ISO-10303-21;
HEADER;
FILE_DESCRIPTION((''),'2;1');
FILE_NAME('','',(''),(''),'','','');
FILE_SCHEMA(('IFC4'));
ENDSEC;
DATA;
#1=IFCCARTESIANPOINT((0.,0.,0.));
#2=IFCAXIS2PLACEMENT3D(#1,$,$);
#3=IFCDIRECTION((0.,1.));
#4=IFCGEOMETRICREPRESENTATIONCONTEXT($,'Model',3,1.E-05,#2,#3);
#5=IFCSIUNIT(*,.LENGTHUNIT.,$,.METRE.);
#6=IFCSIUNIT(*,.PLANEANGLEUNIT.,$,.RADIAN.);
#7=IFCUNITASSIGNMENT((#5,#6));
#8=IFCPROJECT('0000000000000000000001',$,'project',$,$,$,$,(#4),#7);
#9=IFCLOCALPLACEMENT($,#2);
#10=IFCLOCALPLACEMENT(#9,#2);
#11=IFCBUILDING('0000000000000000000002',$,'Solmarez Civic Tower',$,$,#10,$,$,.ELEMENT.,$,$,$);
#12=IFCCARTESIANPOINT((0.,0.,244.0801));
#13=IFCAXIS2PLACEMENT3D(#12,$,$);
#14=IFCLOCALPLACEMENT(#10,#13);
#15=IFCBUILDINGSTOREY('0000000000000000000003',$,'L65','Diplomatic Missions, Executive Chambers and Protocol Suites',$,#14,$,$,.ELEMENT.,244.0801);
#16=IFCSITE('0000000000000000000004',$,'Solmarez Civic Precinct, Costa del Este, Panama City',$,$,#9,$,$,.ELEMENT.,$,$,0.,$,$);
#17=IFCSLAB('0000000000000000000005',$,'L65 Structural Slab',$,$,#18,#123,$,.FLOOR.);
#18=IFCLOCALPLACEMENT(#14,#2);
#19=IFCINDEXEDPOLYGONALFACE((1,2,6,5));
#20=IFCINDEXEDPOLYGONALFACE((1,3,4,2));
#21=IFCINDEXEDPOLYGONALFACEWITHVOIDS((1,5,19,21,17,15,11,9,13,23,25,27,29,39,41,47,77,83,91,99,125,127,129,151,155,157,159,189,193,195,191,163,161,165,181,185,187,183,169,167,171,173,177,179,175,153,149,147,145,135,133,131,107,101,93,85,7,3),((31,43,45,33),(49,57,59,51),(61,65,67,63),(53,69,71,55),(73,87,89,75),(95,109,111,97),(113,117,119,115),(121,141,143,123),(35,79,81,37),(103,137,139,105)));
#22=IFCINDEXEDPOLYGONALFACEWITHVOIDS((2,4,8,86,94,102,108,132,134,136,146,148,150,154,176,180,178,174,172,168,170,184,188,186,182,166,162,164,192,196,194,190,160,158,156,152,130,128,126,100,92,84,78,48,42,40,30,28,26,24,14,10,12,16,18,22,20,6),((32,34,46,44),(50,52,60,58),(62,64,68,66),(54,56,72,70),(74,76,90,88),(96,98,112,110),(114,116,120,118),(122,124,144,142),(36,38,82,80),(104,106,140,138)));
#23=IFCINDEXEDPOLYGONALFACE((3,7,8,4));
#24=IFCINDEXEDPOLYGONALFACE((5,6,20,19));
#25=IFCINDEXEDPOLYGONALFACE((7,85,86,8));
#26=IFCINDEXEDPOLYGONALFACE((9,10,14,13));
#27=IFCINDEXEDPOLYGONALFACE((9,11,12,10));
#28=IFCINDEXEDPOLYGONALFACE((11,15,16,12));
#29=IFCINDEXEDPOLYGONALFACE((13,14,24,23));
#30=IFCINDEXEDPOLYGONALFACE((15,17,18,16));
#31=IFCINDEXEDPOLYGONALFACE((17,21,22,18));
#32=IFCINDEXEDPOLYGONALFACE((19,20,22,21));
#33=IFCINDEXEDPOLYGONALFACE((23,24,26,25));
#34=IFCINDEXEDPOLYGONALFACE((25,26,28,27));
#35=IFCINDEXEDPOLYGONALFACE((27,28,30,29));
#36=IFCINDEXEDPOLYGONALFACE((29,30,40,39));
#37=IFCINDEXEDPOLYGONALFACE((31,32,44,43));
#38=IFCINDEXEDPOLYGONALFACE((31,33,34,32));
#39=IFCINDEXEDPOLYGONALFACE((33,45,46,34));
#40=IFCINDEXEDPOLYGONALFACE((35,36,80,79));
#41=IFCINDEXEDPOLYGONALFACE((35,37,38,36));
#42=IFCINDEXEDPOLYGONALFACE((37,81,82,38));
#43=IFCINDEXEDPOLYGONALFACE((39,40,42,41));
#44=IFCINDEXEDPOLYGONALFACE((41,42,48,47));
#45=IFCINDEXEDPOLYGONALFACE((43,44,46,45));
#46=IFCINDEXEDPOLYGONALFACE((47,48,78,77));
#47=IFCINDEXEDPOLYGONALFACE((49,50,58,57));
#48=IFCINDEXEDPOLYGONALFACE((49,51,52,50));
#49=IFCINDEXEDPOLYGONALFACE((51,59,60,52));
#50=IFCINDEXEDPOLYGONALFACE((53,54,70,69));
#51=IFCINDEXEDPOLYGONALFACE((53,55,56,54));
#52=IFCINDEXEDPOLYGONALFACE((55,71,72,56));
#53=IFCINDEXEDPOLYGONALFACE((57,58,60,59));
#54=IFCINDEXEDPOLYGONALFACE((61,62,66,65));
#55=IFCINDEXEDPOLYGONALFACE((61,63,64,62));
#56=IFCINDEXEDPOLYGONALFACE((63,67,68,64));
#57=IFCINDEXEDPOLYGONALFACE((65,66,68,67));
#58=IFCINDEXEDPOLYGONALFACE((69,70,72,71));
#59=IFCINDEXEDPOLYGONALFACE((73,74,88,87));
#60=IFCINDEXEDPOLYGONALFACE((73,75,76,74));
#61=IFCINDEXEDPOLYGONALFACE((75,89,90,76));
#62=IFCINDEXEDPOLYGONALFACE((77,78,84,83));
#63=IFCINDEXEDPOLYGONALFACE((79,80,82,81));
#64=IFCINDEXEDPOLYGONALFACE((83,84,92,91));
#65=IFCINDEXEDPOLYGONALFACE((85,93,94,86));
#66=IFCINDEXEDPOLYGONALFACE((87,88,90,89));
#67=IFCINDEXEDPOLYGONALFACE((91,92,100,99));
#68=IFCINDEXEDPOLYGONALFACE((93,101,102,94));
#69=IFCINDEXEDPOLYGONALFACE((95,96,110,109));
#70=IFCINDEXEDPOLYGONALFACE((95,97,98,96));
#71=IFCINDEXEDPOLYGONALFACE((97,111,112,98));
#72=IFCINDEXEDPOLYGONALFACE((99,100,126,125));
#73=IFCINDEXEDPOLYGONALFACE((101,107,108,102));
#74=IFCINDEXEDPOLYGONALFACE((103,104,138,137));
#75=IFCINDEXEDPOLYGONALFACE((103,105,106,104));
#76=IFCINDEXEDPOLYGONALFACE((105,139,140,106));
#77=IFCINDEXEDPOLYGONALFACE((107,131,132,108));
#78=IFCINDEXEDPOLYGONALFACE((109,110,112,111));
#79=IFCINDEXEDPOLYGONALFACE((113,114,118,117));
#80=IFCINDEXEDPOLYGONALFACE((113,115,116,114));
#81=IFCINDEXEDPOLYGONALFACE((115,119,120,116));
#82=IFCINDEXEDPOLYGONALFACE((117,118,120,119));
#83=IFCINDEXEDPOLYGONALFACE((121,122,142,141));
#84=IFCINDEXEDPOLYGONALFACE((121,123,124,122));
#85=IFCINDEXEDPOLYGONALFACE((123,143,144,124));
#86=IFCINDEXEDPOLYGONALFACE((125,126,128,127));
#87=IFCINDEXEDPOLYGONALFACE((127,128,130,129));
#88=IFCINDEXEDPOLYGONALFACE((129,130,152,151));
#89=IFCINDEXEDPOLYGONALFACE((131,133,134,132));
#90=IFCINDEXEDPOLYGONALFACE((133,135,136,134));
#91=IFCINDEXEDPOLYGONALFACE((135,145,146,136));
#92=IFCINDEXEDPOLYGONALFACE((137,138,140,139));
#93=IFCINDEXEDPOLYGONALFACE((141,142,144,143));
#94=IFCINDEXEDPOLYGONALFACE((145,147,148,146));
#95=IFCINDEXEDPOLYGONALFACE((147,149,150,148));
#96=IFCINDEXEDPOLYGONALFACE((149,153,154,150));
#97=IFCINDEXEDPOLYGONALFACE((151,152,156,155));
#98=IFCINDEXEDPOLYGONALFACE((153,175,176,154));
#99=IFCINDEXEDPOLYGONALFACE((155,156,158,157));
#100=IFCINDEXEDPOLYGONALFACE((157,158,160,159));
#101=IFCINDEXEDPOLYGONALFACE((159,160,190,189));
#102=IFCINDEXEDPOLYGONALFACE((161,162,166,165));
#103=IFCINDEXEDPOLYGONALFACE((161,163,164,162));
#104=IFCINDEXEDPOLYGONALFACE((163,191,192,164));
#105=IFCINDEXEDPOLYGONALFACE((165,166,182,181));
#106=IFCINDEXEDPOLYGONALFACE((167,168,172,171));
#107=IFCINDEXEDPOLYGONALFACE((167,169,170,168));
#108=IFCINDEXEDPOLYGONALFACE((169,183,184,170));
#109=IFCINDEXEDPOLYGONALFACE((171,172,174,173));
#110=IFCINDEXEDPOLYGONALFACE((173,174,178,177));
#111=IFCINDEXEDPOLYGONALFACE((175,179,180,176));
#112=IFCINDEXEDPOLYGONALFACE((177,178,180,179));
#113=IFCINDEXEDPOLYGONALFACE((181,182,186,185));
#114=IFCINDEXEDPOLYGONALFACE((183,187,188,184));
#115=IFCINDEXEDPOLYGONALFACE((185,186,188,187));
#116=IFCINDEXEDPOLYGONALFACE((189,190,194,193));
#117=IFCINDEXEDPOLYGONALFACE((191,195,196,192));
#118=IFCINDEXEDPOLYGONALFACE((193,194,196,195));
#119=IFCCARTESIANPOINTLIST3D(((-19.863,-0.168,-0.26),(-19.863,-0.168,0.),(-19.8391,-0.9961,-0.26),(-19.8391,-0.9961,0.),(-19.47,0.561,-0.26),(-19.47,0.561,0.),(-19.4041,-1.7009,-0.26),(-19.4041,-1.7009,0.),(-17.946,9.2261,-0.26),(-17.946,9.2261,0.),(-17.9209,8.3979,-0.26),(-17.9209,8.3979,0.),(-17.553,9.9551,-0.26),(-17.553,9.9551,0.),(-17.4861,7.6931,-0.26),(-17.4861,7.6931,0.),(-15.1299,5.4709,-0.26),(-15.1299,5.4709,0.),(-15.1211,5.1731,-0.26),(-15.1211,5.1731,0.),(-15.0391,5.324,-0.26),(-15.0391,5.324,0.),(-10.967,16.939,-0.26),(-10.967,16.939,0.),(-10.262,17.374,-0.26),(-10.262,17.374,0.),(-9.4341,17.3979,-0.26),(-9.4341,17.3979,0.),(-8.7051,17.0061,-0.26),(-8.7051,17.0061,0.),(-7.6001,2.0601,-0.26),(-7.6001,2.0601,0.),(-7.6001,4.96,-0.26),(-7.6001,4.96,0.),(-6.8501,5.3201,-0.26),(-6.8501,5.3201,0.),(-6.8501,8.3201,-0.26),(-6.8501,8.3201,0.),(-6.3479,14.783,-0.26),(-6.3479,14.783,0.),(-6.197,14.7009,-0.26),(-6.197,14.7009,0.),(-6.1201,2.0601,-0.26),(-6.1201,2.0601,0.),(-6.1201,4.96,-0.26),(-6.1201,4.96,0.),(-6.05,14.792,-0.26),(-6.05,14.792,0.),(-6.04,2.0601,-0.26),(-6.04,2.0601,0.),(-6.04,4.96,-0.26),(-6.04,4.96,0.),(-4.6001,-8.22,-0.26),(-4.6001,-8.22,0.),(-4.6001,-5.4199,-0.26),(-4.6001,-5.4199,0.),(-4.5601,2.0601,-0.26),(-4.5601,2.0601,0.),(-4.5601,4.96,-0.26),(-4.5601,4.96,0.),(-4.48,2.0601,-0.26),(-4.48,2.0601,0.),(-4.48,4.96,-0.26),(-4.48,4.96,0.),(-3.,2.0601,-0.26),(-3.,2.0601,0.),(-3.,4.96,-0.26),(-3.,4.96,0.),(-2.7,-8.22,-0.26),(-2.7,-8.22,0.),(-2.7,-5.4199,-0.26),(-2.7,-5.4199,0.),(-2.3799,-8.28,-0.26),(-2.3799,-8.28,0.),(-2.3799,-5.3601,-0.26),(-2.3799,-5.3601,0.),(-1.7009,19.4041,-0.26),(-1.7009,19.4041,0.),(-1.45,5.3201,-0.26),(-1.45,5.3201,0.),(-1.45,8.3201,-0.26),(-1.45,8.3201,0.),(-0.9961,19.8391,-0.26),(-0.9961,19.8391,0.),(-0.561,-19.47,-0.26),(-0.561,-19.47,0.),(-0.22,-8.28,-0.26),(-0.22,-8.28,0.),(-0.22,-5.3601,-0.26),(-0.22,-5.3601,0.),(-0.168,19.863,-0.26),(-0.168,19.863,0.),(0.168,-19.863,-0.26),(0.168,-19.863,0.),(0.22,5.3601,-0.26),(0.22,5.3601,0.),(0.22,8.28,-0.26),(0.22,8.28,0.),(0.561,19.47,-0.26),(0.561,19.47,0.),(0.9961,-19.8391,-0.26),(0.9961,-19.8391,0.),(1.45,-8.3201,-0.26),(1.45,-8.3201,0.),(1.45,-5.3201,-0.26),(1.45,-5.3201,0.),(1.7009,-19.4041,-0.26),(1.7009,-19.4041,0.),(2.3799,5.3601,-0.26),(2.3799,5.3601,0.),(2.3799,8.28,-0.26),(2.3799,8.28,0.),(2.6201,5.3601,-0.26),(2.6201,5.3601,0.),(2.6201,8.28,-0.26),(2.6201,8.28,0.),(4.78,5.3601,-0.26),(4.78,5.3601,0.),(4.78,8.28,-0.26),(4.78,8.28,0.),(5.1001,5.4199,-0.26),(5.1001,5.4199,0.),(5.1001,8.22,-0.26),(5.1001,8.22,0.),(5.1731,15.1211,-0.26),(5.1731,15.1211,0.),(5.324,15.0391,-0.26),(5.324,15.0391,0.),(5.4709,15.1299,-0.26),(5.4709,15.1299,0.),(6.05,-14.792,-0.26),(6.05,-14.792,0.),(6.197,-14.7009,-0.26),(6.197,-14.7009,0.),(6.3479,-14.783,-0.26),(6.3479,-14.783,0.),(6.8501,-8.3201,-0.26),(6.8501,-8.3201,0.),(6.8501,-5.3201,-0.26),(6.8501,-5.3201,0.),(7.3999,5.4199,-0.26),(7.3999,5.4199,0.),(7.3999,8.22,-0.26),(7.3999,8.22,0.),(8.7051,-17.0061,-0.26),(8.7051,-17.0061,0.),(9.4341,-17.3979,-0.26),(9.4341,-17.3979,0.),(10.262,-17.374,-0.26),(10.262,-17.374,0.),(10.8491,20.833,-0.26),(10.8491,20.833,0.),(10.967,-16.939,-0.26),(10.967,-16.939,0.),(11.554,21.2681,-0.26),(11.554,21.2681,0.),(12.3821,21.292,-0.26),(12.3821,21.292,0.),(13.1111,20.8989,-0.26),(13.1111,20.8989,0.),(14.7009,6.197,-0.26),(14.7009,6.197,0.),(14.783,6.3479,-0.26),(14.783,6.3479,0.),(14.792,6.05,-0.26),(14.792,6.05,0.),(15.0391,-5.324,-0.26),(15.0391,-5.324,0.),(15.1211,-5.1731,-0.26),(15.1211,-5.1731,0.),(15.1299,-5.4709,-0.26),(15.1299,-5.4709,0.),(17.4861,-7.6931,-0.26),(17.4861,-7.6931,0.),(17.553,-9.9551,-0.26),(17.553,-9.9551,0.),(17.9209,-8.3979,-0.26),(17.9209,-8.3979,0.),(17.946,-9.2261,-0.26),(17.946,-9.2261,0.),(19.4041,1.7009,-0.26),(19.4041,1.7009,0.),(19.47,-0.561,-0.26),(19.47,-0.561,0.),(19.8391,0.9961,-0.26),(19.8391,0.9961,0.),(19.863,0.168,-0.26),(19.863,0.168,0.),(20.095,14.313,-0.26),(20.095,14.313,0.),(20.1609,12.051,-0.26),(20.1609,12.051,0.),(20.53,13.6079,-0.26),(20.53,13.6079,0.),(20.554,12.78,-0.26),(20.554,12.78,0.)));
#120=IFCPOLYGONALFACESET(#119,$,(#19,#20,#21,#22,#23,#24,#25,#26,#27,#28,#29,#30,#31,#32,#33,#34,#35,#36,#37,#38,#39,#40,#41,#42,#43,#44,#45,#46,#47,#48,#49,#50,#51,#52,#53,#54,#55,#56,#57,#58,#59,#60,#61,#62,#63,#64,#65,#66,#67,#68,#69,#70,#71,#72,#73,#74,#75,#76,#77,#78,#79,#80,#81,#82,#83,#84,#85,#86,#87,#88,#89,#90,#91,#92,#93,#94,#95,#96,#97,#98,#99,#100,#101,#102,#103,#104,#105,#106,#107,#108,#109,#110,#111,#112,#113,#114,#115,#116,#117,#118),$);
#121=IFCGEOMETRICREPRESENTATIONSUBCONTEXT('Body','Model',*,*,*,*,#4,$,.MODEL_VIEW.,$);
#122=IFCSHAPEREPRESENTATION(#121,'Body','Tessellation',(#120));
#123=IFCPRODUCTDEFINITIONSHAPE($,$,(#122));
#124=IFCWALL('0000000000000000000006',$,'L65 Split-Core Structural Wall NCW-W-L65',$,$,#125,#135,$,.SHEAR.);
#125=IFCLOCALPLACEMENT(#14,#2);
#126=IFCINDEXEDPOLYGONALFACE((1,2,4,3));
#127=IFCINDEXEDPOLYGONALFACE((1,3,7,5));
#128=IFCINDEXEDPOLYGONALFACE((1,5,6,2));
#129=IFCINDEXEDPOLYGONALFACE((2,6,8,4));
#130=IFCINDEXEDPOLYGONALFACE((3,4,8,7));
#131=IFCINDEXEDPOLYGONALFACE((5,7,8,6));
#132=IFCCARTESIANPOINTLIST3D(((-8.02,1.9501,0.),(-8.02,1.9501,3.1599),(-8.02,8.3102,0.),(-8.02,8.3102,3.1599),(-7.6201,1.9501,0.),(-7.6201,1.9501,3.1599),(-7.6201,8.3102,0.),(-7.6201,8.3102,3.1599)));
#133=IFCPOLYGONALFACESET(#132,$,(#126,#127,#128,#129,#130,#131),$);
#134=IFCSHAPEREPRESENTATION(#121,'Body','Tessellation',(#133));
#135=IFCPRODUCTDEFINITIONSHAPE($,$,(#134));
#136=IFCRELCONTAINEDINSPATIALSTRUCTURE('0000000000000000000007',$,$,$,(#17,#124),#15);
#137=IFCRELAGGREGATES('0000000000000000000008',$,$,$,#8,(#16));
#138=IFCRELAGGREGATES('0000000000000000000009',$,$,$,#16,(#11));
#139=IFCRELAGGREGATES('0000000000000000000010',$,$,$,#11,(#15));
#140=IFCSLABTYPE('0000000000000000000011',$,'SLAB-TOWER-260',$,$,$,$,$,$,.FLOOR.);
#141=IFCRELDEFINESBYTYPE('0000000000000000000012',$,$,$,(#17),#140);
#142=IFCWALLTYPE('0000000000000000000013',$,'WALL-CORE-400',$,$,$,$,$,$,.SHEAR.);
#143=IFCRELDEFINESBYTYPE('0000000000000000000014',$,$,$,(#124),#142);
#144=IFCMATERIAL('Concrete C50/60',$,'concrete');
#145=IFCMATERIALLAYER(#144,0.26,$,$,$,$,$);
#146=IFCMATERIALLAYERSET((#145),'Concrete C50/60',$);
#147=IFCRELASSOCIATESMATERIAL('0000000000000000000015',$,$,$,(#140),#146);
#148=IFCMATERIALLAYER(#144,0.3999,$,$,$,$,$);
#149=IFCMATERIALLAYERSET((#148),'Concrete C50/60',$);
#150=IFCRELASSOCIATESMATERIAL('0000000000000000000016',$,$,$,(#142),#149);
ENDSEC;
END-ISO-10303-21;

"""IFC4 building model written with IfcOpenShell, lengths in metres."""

from ifc_helpers import new_model, si_unit, direction, frame, frame_2d, origin, place, context, subcontext, project, spatial, polyline, rectangle, outline, extrude, material, layer, layer_set, type_object, element, save


model = new_model("IFC4")

# Units and contexts
model_context = context("Model", 3, precision=1e-05, world=origin(), true_north=direction((0.0, 1.0)))
body_context = subcontext(model_context, "Body", "Model", "MODEL_VIEW")
ifc_project = project(units=[si_unit("LENGTHUNIT", "METRE"), si_unit("PLANEANGLEUNIT", "RADIAN")], contexts=[model_context])

# Site, building, storey
site_placement = place(None, origin())
site = spatial("IfcSite", under=ifc_project, at=site_placement, Name="Solmarez Civic Precinct, Costa del Este, Panama City", CompositionType="ELEMENT", RefElevation=0.0)
building_placement = place(site_placement, origin())
building = spatial("IfcBuilding", under=site, at=building_placement, Name="Solmarez Civic Tower", CompositionType="ELEMENT")
storey_placement = place(building_placement, frame((0.0, 0.0, 244.0801)))
storey = spatial("IfcBuildingStorey", under=building, at=storey_placement, Name="L65", Description="Diplomatic Missions, Executive Chambers and Protocol Suites", CompositionType="ELEMENT", Elevation=244.0801)

# Shared definitions
ifc_material_1 = material(Name="Concrete C50/60", Category="concrete")

# Slab
ifc_layer_1 = layer(ifc_material_1, 0.26)
ifc_layer_set_1 = layer_set([ifc_layer_1], Name="Concrete C50/60")
slab_type = type_object("IfcSlabType", Name="SLAB-TOWER-260", PredefinedType="FLOOR", material=ifc_layer_set_1)
slab_placement = place(storey_placement, frame((0.0, 0.0, -0.26)))
element("IfcSlab", 1, at=slab_placement, inside=storey, type_object=slab_type, Name="L65 Structural Slab", PredefinedType="FLOOR", context=body_context, shape_type="SweptSolid", body=[
    extrude(outline(polyline([(6.3479, -14.783), (8.7051, -17.0061), (9.4341, -17.3979), (10.262, -17.374), (10.967, -16.939), (17.553, -9.9551), (17.946, -9.2261), (17.9209, -8.3979), (17.4861, -7.6931), (15.1299, -5.4709), (15.0391, -5.324), (15.1211, -5.1731), (19.47, -0.561), (19.863, 0.168), (19.8391, 0.9961), (19.4041, 1.7009), (14.792, 6.05), (14.7009, 6.197), (14.783, 6.3479), (20.1609, 12.051), (20.554, 12.78), (20.53, 13.6079), (20.095, 14.313), (13.1111, 20.8989), (12.3821, 21.292), (11.554, 21.2681), (10.8491, 20.833), (5.4709, 15.1299), (5.324, 15.0391), (5.1731, 15.1211), (0.561, 19.47), (-0.168, 19.863), (-0.9961, 19.8391), (-1.7009, 19.4041), (-6.05, 14.792), (-6.197, 14.7009), (-6.3479, 14.783), (-8.7051, 17.0061), (-9.4341, 17.3979), (-10.262, 17.374), (-10.967, 16.939), (-17.553, 9.9551), (-17.946, 9.2261), (-17.9209, 8.3979), (-17.4861, 7.6931), (-15.1299, 5.4709), (-15.0391, 5.324), (-15.1211, 5.1731), (-19.47, 0.561), (-19.863, -0.168), (-19.8391, -0.9961), (-19.4041, -1.7009), (-0.561, -19.47), (0.168, -19.863), (0.9961, -19.8391), (1.7009, -19.4041), (6.05, -14.792), (6.197, -14.7009), (6.3479, -14.783)]), holes=[polyline([(-1.45, 8.3201), (-6.8501, 8.3201), (-6.8501, 5.3201), (-1.45, 5.3201), (-1.45, 8.3201)]), polyline([(1.45, -8.3201), (6.8501, -8.3201), (6.8501, -5.3201), (1.45, -5.3201), (1.45, -8.3201)]), polyline([(0.22, 5.3601), (2.3799, 5.3601), (2.3799, 8.28), (0.22, 8.28), (0.22, 5.3601)]), polyline([(2.6201, 5.3601), (4.78, 5.3601), (4.78, 8.28), (2.6201, 8.28), (2.6201, 5.3601)]), polyline([(-2.3799, -8.28), (-0.22, -8.28), (-0.22, -5.3601), (-2.3799, -5.3601), (-2.3799, -8.28)]), polyline([(-7.6001, 2.0601), (-6.1201, 2.0601), (-6.1201, 4.96), (-7.6001, 4.96), (-7.6001, 2.0601)]), polyline([(-6.04, 2.0601), (-4.5601, 2.0601), (-4.5601, 4.96), (-6.04, 4.96), (-6.04, 2.0601)]), polyline([(-4.48, 2.0601), (-3.0, 2.0601), (-3.0, 4.96), (-4.48, 4.96), (-4.48, 2.0601)]), polyline([(5.1001, 5.4199), (7.3999, 5.4199), (7.3999, 8.22), (5.1001, 8.22), (5.1001, 5.4199)]), polyline([(-4.6001, -8.22), (-2.7, -8.22), (-2.7, -5.4199), (-4.6001, -5.4199), (-4.6001, -8.22)])]), origin(), (0.0, 0.0, 1.0), 0.26),
])

# Wall
ifc_layer_2 = layer(ifc_material_1, 0.3999)
ifc_layer_set_2 = layer_set([ifc_layer_2], Name="Concrete C50/60")
wall_type_1 = type_object("IfcWallType", Name="WALL-CORE-400", PredefinedType="SHEAR", material=ifc_layer_set_2)
wall_1_placement = place(storey_placement, frame((-7.8201, 1.95, 0.0), z_axis=(0.0, 0.0, 1.0), x_axis=(0.0, 1.0, 0.0)))
element("IfcWall", 2, at=wall_1_placement, inside=storey, type_object=wall_type_1, Name="L65 Split-Core Structural Wall NCW-W-L65", PredefinedType="SHEAR", context=body_context, shape_type="SweptSolid", body=[
    extrude(rectangle(XDim=6.3601, YDim=0.3999, at=frame_2d((3.1802, 0.0))), origin(), (0.0, 0.0, 1.0), 3.1599),
])

save(model, "model.ifc")
